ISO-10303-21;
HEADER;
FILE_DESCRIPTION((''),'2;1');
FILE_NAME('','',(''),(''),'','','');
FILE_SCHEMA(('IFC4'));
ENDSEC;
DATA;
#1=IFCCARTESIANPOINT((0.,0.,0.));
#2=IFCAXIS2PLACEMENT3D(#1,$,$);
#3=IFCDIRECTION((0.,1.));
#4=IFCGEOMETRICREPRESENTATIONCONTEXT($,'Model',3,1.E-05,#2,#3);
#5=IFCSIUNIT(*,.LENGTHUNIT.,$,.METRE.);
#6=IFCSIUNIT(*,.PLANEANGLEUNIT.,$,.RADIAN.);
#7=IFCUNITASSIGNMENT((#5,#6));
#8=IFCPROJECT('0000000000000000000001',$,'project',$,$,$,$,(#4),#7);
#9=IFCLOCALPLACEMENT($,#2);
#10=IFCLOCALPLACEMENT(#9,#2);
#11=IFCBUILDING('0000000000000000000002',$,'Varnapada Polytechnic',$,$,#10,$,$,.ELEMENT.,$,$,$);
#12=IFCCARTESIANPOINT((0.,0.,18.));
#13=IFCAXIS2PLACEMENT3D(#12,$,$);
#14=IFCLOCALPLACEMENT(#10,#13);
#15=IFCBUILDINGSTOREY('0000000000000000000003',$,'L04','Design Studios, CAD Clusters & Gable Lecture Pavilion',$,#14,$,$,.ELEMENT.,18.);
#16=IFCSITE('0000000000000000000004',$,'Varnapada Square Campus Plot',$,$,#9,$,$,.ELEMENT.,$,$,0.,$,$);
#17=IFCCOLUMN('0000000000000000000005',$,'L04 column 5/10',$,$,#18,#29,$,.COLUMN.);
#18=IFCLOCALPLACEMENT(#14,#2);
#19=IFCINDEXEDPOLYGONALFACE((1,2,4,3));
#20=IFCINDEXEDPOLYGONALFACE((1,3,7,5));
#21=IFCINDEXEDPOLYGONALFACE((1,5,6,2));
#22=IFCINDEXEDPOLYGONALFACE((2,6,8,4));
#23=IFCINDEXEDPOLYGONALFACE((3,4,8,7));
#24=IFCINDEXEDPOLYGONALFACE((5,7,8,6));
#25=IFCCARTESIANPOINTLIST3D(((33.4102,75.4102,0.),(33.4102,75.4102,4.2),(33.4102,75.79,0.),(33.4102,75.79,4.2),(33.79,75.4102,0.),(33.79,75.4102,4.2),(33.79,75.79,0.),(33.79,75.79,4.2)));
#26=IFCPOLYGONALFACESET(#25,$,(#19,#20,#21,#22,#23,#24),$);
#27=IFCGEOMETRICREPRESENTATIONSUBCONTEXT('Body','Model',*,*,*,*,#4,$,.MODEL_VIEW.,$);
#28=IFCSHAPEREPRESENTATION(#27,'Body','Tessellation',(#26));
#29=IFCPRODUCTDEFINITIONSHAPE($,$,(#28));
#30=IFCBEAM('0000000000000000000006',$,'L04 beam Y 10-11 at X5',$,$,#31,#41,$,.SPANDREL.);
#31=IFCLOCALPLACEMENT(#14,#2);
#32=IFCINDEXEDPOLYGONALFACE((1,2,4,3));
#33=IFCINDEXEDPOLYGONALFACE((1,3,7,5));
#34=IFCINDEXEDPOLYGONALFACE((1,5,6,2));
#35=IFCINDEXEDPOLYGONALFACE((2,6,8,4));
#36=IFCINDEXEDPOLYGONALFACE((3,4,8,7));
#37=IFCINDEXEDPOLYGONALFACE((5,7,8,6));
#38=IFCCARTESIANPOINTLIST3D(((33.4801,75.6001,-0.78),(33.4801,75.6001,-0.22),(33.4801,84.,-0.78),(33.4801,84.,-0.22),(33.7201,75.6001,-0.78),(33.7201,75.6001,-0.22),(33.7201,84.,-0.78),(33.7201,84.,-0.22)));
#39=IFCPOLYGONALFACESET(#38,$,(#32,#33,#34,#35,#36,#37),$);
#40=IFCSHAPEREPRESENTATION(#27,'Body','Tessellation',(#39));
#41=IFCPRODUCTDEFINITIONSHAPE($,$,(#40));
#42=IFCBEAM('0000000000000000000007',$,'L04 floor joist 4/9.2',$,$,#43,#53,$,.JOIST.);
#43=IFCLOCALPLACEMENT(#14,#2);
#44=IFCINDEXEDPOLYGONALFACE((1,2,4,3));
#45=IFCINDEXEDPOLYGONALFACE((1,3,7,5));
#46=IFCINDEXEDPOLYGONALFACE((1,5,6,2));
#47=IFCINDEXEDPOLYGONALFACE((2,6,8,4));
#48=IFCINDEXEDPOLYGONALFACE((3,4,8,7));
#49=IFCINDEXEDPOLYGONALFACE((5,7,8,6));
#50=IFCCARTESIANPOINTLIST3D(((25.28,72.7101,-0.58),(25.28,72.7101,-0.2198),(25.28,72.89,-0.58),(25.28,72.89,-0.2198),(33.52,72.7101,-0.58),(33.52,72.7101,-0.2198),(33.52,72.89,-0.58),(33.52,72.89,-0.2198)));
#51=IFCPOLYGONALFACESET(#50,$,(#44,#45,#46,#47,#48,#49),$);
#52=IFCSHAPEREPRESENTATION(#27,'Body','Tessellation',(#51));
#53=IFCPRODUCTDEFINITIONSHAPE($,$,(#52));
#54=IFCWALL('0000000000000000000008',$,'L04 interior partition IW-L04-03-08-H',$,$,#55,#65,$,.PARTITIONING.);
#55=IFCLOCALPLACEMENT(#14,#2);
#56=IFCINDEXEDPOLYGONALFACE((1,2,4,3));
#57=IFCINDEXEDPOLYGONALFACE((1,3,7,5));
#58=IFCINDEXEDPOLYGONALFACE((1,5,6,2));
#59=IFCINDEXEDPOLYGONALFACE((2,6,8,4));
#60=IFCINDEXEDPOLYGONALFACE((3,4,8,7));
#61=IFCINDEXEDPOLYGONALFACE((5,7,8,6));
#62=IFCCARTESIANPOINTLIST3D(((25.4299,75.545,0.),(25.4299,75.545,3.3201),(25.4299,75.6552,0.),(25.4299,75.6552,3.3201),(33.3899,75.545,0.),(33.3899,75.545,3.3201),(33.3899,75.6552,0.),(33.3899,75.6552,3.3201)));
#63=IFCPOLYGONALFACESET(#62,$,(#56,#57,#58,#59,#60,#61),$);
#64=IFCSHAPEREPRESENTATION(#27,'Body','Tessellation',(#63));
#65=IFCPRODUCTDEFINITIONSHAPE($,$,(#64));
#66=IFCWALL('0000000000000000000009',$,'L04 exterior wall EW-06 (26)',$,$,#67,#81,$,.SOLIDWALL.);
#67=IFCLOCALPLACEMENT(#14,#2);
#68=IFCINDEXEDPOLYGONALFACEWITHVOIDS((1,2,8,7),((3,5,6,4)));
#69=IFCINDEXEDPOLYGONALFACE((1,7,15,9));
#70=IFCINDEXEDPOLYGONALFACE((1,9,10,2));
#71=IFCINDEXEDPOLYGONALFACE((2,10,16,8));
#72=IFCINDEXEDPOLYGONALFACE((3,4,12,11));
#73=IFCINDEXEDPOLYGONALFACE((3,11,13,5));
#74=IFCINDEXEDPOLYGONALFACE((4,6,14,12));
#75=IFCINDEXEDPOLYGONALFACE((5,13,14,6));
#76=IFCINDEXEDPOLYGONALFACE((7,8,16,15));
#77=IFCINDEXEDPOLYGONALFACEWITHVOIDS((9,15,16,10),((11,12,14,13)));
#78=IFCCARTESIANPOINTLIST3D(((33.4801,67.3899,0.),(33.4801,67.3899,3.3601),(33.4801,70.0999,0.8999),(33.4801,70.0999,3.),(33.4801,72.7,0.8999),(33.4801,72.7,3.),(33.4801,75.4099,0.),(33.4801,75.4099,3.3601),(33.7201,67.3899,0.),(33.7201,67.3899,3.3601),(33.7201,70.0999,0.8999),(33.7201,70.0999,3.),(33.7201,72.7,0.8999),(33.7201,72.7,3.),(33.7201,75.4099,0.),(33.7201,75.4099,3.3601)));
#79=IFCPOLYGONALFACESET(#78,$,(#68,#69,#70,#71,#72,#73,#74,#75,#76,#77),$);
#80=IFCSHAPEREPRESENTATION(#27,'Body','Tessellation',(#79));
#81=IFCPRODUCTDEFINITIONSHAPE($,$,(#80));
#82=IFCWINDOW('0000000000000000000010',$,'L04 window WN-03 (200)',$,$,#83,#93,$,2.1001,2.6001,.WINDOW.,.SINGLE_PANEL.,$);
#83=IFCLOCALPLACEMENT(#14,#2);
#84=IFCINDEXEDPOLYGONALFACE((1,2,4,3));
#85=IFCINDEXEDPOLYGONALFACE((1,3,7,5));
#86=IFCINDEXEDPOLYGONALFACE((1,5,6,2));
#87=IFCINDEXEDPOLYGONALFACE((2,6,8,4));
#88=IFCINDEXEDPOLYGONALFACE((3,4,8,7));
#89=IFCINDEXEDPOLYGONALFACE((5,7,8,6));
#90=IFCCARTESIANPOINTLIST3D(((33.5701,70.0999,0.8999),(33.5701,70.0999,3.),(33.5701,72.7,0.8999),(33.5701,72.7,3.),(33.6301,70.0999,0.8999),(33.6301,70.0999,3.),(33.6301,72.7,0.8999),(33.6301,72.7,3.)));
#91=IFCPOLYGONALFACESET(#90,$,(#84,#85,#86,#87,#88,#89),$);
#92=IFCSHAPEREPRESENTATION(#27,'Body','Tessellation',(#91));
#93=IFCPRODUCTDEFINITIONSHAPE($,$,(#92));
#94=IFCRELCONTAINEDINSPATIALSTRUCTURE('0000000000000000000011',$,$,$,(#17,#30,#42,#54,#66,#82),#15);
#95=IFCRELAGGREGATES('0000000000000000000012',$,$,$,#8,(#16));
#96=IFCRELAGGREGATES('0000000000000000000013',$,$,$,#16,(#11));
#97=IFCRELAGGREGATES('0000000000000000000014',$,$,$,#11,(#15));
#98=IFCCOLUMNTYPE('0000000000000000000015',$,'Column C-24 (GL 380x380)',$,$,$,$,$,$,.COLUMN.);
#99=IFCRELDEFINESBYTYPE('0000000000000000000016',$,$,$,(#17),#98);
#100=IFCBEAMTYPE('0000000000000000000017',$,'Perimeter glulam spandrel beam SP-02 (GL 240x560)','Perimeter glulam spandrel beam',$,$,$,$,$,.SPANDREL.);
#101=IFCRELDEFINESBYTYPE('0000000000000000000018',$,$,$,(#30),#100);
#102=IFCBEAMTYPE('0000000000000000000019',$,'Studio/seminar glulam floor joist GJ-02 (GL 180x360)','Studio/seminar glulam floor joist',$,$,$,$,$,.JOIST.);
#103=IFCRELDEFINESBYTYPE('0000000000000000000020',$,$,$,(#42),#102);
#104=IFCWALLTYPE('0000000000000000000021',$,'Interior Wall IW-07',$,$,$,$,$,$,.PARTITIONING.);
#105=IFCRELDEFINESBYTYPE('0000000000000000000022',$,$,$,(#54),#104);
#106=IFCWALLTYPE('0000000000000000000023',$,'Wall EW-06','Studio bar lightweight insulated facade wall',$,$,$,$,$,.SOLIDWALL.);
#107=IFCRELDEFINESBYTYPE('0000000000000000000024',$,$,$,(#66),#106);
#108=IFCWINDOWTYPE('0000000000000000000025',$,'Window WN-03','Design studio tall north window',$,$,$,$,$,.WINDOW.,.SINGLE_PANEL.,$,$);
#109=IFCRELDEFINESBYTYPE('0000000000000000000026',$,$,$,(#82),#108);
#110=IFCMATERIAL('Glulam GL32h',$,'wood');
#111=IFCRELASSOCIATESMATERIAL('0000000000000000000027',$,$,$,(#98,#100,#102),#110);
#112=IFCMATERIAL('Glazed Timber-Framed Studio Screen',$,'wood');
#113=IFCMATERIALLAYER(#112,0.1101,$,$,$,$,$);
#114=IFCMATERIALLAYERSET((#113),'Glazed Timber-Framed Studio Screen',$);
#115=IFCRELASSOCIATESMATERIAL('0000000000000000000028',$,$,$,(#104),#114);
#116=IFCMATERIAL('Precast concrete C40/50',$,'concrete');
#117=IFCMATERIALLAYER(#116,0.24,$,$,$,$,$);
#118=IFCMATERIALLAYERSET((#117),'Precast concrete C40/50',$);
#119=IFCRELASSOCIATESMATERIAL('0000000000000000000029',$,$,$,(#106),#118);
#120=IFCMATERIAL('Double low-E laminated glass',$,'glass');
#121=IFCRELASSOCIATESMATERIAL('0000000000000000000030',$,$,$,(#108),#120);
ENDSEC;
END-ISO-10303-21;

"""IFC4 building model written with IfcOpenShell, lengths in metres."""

from ifc_helpers import new_model, si_unit, direction, frame, frame_2d, origin, origin_2d, place, context, subcontext, project, spatial, rectangle, extrude, material, layer, layer_set, material_profile, profile_set, type_object, element, fill, save


model = new_model("IFC4")

# Units and contexts
model_context = context("Model", 3, precision=1e-05, world=origin(), true_north=direction((0.0, 1.0)))
body_context = subcontext(model_context, "Body", "Model", "MODEL_VIEW")
ifc_project = project(units=[si_unit("LENGTHUNIT", "METRE"), si_unit("PLANEANGLEUNIT", "RADIAN")], contexts=[model_context])

# Site, building, storey
site_placement = place(None, origin())
site = spatial("IfcSite", under=ifc_project, at=site_placement, Name="Varnapada Square Campus Plot", CompositionType="ELEMENT", RefElevation=0.0)
building_placement = place(site_placement, origin())
building = spatial("IfcBuilding", under=site, at=building_placement, Name="Varnapada Polytechnic", CompositionType="ELEMENT")
storey_placement = place(building_placement, frame((0.0, 0.0, 18.0)))
storey = spatial("IfcBuildingStorey", under=building, at=storey_placement, Name="L04", Description="Design Studios, CAD Clusters & Gable Lecture Pavilion", CompositionType="ELEMENT", Elevation=18.0)

# Column
ifc_material_1 = material(Name="Glulam GL32h", Category="wood")
ifc_material_profile_1 = material_profile(ifc_material_1, rectangle(XDim=0.3799, YDim=0.3799, at=origin_2d()), Name="GL 380x380")
ifc_profile_set_1 = profile_set([ifc_material_profile_1], Name="Glulam GL32h")
column_type = type_object("IfcColumnType", Name="Column C-24 (GL 380x380)", PredefinedType="COLUMN", material=ifc_profile_set_1)
column_placement = place(storey_placement, frame((33.6001, 75.6001, 0.0), z_axis=(0.0, 0.0, 1.0), x_axis=(1.0, 0.0, 0.0)))
element("IfcColumn", 1, at=column_placement, inside=storey, type_object=column_type, Name="L04 column 5/10", PredefinedType="COLUMN", context=body_context, shape_type="SweptSolid", body=[
    extrude(rectangle(XDim=0.3799, YDim=0.3799, at=origin_2d()), origin(), (0.0, 0.0, 1.0), 4.2),
])

# Beams
ifc_material_profile_2 = material_profile(ifc_material_1, rectangle(XDim=0.24, YDim=0.5601, at=origin_2d()), Name="GL 240x560")
ifc_profile_set_2 = profile_set([ifc_material_profile_2], Name="Glulam GL32h")
beam_type_1 = type_object("IfcBeamType", Name="Perimeter glulam spandrel beam SP-02 (GL 240x560)", Description="Perimeter glulam spandrel beam", PredefinedType="SPANDREL", material=ifc_profile_set_2)
beam_1_placement = place(storey_placement, frame((33.6001, 75.6001, -0.5), z_axis=(0.0, 1.0, 0.0), x_axis=(-1.0, 0.0, 0.0)))
element("IfcBeam", 2, at=beam_1_placement, inside=storey, type_object=beam_type_1, Name="L04 beam Y 10-11 at X5", PredefinedType="SPANDREL", context=body_context, shape_type="SweptSolid", body=[
    extrude(rectangle(XDim=0.24, YDim=0.5601, at=origin_2d()), origin(), (0.0, 0.0, 1.0), 8.3999),
])
ifc_material_profile_3 = material_profile(ifc_material_1, rectangle(XDim=0.1799, YDim=0.3601, at=origin_2d()), Name="GL 180x360")
ifc_profile_set_3 = profile_set([ifc_material_profile_3], Name="Glulam GL32h")
beam_type_2 = type_object("IfcBeamType", Name="Studio/seminar glulam floor joist GJ-02 (GL 180x360)", Description="Studio/seminar glulam floor joist", PredefinedType="JOIST", material=ifc_profile_set_3)
beam_2_placement = place(storey_placement, frame((25.28, 72.8, -0.3999), z_axis=(1.0, 0.0, 0.0), x_axis=(0.0, 1.0, 0.0)))
element("IfcBeam", 3, at=beam_2_placement, inside=storey, type_object=beam_type_2, Name="L04 floor joist 4/9.2", PredefinedType="JOIST", context=body_context, shape_type="SweptSolid", body=[
    extrude(rectangle(XDim=0.1799, YDim=0.3601, at=origin_2d()), origin(), (0.0, 0.0, 1.0), 8.24),
])

# Wall
ifc_material_2 = material(Name="Glazed Timber-Framed Studio Screen", Category="wood")
ifc_layer_1 = layer(ifc_material_2, 0.1101)
ifc_layer_set_1 = layer_set([ifc_layer_1], Name="Glazed Timber-Framed Studio Screen")
wall_type_1 = type_object("IfcWallType", Name="Interior Wall IW-07", PredefinedType="PARTITIONING", material=ifc_layer_set_1)
wall_1_placement = place(storey_placement, frame((25.4299, 75.6001, 0.0), z_axis=(0.0, 0.0, 1.0), x_axis=(1.0, 0.0, 0.0)))
element("IfcWall", 4, at=wall_1_placement, inside=storey, type_object=wall_type_1, Name="L04 interior partition IW-L04-03-08-H", PredefinedType="PARTITIONING", context=body_context, shape_type="SweptSolid", body=[
    extrude(rectangle(XDim=7.96, YDim=0.1101, at=frame_2d((3.98, 0.0))), origin(), (0.0, 0.0, 1.0), 3.3201),
])

# Wall, opening, window
ifc_material_3 = material(Name="Precast concrete C40/50", Category="concrete")
ifc_layer_2 = layer(ifc_material_3, 0.24)
ifc_layer_set_2 = layer_set([ifc_layer_2], Name="Precast concrete C40/50")
wall_type_2 = type_object("IfcWallType", Name="Wall EW-06", Description="Studio bar lightweight insulated facade wall", PredefinedType="SOLIDWALL", material=ifc_layer_set_2)
wall_2_placement = place(storey_placement, frame((33.6001, 75.4099, 0.0), z_axis=(0.0, 0.0, 1.0), x_axis=(0.0, -1.0, 0.0)))
wall_2 = element("IfcWall", 5, at=wall_2_placement, inside=storey, type_object=wall_type_2, Name="L04 exterior wall EW-06 (26)", PredefinedType="SOLIDWALL", context=body_context, shape_type="SweptSolid", body=[
    extrude(rectangle(XDim=8.02, YDim=0.24, at=frame_2d((4.01, 0.0))), origin(), (0.0, 0.0, 1.0), 3.3601),
])
opening_1_placement = place(wall_2_placement, frame((2.71, 0.0, 0.8999)))
opening_1 = element("IfcOpeningElement", 6, at=opening_1_placement, cuts=wall_2, PredefinedType="OPENING", context=body_context, shape_type="SweptSolid", body=[
    extrude(rectangle(XDim=2.6001, YDim=2.1001, at=frame_2d((1.3, 1.05))), frame((0.0, 0.1299, 0.0), z_axis=(0.0, -1.0, 0.0), x_axis=(1.0, 0.0, 0.0)), (0.0, 0.0, 1.0), 0.26),
])
ifc_material_4 = material(Name="Double low-E laminated glass", Category="glass")
window_type = type_object("IfcWindowType", Name="Window WN-03", Description="Design studio tall north window", PartitioningType="SINGLE_PANEL", PredefinedType="WINDOW", material=ifc_material_4)
window_placement = place(opening_1_placement, origin())
window = element("IfcWindow", 7, at=window_placement, inside=storey, type_object=window_type, Name="L04 window WN-03 (200)", OverallHeight=2.1001, OverallWidth=2.6001, PartitioningType="SINGLE_PANEL", PredefinedType="WINDOW", context=body_context, shape_type="SweptSolid", body=[
    extrude(rectangle(XDim=2.6001, YDim=2.1001, at=frame_2d((1.3, 1.05))), frame((0.0, 0.03, 0.0), z_axis=(0.0, -1.0, 0.0), x_axis=(1.0, 0.0, 0.0)), (0.0, 0.0, 1.0), 0.0601),
])
fill(opening_1, window)

save(model, "model.ifc")
